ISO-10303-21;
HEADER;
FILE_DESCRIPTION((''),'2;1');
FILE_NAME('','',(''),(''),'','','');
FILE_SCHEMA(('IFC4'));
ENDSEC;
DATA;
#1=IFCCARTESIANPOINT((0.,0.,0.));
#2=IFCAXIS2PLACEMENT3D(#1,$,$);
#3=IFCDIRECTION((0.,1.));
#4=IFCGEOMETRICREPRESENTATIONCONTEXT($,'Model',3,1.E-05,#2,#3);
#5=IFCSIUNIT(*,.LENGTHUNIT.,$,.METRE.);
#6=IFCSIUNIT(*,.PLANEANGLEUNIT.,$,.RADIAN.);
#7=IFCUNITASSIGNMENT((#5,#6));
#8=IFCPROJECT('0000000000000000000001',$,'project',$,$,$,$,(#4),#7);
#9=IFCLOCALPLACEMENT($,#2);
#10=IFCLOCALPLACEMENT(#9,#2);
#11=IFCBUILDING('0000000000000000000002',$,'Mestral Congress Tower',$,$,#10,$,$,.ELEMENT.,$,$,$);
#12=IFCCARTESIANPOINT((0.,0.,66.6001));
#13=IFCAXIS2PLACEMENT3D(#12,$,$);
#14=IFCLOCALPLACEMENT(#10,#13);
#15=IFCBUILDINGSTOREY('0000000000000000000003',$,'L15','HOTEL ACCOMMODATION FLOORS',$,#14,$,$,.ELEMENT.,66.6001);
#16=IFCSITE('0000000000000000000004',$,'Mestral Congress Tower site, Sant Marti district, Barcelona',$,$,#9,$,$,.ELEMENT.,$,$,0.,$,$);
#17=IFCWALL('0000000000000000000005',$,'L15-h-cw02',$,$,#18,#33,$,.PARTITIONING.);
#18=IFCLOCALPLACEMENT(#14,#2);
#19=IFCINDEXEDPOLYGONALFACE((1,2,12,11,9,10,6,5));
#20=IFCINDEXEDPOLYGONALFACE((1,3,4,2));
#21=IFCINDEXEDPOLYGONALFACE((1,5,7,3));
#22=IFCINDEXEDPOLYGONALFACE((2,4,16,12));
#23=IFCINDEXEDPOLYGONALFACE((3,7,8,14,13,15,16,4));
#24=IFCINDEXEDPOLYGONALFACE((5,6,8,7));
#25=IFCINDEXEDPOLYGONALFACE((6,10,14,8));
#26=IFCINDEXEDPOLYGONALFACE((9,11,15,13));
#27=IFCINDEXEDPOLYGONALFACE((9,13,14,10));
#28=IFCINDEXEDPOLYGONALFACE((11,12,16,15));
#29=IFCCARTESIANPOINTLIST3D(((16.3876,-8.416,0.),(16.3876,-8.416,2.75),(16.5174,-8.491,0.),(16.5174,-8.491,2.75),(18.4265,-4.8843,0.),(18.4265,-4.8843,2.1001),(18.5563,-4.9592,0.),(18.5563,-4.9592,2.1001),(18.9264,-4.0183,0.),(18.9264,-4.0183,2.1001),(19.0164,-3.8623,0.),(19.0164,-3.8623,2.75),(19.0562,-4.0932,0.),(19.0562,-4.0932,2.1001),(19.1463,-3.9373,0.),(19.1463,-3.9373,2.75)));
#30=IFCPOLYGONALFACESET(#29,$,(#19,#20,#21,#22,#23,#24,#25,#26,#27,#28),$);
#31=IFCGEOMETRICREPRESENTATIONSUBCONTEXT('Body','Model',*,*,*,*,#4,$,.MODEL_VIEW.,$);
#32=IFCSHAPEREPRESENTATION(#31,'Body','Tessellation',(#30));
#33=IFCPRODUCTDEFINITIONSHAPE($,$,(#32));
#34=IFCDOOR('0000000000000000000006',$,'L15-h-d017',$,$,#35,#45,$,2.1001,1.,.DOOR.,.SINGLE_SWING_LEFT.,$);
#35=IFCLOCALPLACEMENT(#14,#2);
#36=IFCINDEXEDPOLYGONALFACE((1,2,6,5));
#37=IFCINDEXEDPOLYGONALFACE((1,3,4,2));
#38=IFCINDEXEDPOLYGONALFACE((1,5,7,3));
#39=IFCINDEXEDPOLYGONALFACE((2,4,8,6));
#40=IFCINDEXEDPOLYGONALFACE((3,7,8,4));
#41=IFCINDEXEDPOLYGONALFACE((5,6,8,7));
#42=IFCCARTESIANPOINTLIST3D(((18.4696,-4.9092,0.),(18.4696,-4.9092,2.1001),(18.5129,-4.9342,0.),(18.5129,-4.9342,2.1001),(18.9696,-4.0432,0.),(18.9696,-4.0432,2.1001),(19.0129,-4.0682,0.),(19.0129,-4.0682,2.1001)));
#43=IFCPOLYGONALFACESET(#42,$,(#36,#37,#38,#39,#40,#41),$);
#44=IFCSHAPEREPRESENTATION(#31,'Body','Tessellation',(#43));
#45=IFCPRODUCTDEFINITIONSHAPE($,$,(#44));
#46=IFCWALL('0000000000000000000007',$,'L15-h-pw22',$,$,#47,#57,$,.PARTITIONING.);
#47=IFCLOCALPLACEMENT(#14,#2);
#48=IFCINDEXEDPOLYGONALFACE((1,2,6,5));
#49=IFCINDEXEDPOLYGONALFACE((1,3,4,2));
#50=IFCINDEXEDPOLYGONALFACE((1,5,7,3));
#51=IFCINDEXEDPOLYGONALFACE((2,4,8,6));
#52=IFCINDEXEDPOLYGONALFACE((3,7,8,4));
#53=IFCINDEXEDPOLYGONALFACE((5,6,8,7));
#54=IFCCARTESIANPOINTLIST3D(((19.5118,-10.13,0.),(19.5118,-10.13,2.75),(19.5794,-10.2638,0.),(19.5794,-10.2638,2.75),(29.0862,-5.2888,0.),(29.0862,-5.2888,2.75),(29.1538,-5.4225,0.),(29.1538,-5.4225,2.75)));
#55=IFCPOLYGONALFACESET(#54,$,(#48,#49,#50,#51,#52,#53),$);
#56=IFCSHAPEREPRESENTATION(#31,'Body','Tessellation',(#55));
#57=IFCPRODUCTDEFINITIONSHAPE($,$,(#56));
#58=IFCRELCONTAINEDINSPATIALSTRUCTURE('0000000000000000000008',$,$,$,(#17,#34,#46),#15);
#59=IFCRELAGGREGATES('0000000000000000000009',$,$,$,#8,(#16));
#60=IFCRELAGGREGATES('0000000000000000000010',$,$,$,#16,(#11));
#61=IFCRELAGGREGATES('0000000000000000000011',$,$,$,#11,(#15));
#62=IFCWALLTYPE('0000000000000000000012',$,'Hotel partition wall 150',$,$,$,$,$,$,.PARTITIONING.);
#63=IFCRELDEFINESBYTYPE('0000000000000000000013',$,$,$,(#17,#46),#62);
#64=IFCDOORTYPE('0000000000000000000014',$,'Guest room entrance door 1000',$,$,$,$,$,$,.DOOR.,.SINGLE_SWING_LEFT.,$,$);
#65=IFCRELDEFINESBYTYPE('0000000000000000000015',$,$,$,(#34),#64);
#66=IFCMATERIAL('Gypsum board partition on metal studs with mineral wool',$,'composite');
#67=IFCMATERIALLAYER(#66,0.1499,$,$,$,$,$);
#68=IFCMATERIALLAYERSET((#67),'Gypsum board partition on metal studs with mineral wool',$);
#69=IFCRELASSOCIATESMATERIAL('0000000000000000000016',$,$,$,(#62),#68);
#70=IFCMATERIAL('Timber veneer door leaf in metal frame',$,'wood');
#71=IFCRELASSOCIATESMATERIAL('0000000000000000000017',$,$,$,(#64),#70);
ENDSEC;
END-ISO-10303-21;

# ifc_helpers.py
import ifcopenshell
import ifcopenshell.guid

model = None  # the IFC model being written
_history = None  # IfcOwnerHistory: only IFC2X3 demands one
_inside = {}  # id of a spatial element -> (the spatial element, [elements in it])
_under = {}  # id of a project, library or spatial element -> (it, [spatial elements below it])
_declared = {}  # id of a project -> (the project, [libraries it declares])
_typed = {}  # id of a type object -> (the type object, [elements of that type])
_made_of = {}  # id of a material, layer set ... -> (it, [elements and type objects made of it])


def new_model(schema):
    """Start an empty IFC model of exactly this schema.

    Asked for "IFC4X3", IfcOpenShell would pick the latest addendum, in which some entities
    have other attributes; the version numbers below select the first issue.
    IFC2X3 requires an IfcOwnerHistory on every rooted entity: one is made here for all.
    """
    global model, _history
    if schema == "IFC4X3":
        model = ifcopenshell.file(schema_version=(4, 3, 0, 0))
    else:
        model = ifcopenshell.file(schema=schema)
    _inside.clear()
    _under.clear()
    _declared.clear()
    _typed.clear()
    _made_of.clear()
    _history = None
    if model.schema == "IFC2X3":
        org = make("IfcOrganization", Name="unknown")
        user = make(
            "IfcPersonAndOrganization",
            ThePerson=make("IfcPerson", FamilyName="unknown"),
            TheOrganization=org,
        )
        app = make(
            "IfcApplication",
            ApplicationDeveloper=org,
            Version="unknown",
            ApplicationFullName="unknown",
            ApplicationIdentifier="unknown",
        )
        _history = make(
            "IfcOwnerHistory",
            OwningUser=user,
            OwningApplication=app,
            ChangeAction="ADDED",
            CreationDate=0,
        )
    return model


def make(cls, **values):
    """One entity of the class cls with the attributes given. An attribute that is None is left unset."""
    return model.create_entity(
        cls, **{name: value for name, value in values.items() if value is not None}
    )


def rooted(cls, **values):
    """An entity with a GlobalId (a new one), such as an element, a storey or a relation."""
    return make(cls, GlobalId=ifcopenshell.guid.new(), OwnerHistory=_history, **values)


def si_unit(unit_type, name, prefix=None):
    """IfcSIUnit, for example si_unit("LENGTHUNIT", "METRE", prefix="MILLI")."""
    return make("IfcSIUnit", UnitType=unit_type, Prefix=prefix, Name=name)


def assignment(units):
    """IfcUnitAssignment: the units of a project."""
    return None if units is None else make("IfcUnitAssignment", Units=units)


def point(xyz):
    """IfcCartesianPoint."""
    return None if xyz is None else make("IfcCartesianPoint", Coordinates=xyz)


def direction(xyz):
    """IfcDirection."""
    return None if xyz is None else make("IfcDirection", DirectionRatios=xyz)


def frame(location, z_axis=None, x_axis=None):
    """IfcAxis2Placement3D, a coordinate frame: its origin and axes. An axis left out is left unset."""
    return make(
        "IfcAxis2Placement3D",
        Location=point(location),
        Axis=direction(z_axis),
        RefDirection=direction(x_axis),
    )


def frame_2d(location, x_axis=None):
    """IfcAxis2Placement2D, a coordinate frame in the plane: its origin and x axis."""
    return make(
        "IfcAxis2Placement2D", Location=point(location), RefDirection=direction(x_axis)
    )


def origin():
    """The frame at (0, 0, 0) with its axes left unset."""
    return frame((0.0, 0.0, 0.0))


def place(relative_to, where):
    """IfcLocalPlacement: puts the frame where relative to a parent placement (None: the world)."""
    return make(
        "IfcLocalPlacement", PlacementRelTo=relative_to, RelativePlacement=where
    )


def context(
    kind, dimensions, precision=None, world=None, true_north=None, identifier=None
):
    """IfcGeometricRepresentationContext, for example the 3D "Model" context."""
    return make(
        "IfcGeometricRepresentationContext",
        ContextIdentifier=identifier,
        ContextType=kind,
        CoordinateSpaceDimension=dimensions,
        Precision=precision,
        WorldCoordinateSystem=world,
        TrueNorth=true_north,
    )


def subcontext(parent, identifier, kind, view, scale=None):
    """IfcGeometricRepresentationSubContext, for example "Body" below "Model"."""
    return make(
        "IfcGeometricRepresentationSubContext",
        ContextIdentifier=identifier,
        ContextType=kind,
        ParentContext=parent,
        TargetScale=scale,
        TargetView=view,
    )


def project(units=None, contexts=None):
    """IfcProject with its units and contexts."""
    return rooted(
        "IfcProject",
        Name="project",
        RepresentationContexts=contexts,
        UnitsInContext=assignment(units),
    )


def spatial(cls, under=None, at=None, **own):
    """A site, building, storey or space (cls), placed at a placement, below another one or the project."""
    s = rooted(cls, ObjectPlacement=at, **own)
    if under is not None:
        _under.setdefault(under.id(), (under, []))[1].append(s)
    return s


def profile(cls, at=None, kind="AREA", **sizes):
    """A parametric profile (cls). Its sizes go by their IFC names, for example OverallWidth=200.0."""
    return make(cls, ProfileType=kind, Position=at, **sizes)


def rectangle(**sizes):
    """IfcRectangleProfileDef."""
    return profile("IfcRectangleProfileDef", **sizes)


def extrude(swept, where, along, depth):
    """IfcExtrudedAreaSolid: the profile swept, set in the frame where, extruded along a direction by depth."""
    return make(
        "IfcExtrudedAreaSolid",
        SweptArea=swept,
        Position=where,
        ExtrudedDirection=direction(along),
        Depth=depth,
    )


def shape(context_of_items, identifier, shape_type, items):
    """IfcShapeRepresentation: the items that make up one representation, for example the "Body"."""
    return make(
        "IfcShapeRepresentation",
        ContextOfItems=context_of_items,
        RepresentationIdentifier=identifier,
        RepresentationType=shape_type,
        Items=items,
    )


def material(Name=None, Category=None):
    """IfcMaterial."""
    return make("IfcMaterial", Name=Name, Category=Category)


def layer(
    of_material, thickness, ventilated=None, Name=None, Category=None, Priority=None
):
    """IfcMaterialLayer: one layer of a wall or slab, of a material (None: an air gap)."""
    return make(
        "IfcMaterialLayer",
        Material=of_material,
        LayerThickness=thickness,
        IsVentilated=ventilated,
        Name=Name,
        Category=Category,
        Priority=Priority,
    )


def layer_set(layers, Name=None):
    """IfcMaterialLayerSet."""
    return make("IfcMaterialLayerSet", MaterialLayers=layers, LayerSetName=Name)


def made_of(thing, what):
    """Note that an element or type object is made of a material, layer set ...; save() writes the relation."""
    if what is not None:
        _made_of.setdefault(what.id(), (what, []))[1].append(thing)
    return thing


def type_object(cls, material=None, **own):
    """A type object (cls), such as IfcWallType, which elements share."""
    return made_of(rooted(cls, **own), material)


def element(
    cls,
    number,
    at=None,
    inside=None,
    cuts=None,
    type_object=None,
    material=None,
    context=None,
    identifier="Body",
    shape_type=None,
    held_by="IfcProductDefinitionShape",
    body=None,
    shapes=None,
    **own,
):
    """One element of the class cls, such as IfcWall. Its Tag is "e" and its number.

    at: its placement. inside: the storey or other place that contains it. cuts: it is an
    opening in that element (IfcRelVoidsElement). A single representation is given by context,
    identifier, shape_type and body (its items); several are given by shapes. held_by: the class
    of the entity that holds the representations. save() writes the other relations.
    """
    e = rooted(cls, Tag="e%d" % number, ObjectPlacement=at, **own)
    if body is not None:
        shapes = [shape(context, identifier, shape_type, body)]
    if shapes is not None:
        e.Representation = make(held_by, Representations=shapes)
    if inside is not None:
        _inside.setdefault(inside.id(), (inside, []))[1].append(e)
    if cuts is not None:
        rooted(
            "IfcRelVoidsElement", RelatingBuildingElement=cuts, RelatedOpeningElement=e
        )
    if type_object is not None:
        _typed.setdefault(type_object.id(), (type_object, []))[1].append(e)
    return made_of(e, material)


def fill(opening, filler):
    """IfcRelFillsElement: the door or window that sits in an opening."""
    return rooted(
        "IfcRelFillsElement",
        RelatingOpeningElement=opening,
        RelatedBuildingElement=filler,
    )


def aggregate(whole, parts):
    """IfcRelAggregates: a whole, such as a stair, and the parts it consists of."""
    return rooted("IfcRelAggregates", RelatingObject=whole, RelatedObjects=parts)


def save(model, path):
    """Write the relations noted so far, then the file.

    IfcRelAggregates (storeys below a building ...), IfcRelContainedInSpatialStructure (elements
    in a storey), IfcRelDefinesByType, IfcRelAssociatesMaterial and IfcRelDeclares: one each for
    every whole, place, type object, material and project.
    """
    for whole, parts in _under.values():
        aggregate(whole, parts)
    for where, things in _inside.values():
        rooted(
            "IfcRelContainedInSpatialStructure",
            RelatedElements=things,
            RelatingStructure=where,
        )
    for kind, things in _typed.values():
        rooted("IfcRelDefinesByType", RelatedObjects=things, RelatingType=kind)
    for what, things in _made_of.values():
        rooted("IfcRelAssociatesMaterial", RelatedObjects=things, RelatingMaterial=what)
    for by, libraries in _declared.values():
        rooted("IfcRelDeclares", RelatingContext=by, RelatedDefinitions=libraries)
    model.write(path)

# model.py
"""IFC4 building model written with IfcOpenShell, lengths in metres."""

from ifc_helpers import new_model, si_unit, direction, frame, frame_2d, origin, place, context, subcontext, project, spatial, rectangle, extrude, material, layer, layer_set, type_object, element, fill, save


model = new_model("IFC4")

# Units and contexts
model_context = context("Model", 3, precision=1e-05, world=origin(), true_north=direction((0.0, 1.0)))
body_context = subcontext(model_context, "Body", "Model", "MODEL_VIEW")
ifc_project = project(units=[si_unit("LENGTHUNIT", "METRE"), si_unit("PLANEANGLEUNIT", "RADIAN")], contexts=[model_context])

# Site, building, storey
site_placement = place(None, origin())
site = spatial("IfcSite", under=ifc_project, at=site_placement, Name="Mestral Congress Tower site, Sant Marti district, Barcelona", CompositionType="ELEMENT", RefElevation=0.0)
building_placement = place(site_placement, origin())
building = spatial("IfcBuilding", under=site, at=building_placement, Name="Mestral Congress Tower", CompositionType="ELEMENT")
storey_placement = place(building_placement, frame((0.0, 0.0, 66.6001)))
storey = spatial("IfcBuildingStorey", under=building, at=storey_placement, Name="L15", Description="HOTEL ACCOMMODATION FLOORS", CompositionType="ELEMENT", Elevation=66.6001)

# Shared definitions
ifc_material_1 = material(Name="Gypsum board partition on metal studs with mineral wool", Category="composite")

# Wall, opening, door
ifc_layer_1 = layer(ifc_material_1, 0.1499)
ifc_layer_set_1 = layer_set([ifc_layer_1], Name="Gypsum board partition on metal studs with mineral wool")
wall_type_1 = type_object("IfcWallType", Name="Hotel partition wall 150", PredefinedType="PARTITIONING", material=ifc_layer_set_1)
ifc_material_2 = material(Name="Timber veneer door leaf in metal frame", Category="wood")
door_type_1 = type_object("IfcDoorType", Name="Guest room entrance door 1000", OperationType="SINGLE_SWING_LEFT", PredefinedType="DOOR", material=ifc_material_2)
wall_1_placement = place(storey_placement, frame((19.0813, -3.8999, 0.0), z_axis=(0.0, 0.0, 1.0), x_axis=(-0.499974, -0.86604, 0.0)))
wall_1 = element("IfcWall", 1, at=wall_1_placement, inside=storey, type_object=wall_type_1, Name="L15-h-cw02", PredefinedType="PARTITIONING", context=body_context, shape_type="SweptSolid", body=[
    extrude(rectangle(XDim=5.2581, YDim=0.1499, at=frame_2d((2.6289, 0.0))), origin(), (0.0, 0.0, 1.0), 2.75),
])
opening_1_placement = place(wall_1_placement, frame((0.1799, 0.0, 0.0)))
opening_1 = element("IfcOpeningElement", 2, at=opening_1_placement, cuts=wall_1, PredefinedType="OPENING", context=body_context, shape_type="SweptSolid", body=[
    extrude(rectangle(XDim=1.0, YDim=2.1001, at=frame_2d((0.5, 1.05))), frame((0.0, 0.085, 0.0), z_axis=(0.0, -1.0, 0.0), x_axis=(1.0, 0.0, 0.0)), (0.0, 0.0, 1.0), 0.1699),
])
door_1_placement = place(opening_1_placement, origin())
door_1 = element("IfcDoor", 3, at=door_1_placement, inside=storey, type_object=door_type_1, Name="L15-h-d017", OperationType="SINGLE_SWING_LEFT", OverallHeight=2.1001, OverallWidth=1.0, PredefinedType="DOOR", context=body_context, shape_type="SweptSolid", body=[
    extrude(rectangle(XDim=1.0, YDim=2.1001, at=frame_2d((0.5, 1.05))), frame((0.0, 0.0249, 0.0), z_axis=(0.0, -1.0, 0.0), x_axis=(1.0, 0.0, 0.0)), (0.0, 0.0, 1.0), 0.05),
])
fill(opening_1, door_1)

# Wall
wall_2_placement = place(storey_placement, frame((29.1199, -5.3557, 0.0), z_axis=(0.0, 0.0, 1.0), x_axis=(-0.892402, -0.451241, 0.0)))
element("IfcWall", 4, at=wall_2_placement, inside=storey, type_object=wall_type_1, Name="L15-h-pw22", PredefinedType="PARTITIONING", context=body_context, shape_type="SweptSolid", body=[
    extrude(rectangle(XDim=10.7288, YDim=0.1499, at=frame_2d((5.3643, 0.0))), origin(), (0.0, 0.0, 1.0), 2.75),
])

save(model, "model.ifc")
